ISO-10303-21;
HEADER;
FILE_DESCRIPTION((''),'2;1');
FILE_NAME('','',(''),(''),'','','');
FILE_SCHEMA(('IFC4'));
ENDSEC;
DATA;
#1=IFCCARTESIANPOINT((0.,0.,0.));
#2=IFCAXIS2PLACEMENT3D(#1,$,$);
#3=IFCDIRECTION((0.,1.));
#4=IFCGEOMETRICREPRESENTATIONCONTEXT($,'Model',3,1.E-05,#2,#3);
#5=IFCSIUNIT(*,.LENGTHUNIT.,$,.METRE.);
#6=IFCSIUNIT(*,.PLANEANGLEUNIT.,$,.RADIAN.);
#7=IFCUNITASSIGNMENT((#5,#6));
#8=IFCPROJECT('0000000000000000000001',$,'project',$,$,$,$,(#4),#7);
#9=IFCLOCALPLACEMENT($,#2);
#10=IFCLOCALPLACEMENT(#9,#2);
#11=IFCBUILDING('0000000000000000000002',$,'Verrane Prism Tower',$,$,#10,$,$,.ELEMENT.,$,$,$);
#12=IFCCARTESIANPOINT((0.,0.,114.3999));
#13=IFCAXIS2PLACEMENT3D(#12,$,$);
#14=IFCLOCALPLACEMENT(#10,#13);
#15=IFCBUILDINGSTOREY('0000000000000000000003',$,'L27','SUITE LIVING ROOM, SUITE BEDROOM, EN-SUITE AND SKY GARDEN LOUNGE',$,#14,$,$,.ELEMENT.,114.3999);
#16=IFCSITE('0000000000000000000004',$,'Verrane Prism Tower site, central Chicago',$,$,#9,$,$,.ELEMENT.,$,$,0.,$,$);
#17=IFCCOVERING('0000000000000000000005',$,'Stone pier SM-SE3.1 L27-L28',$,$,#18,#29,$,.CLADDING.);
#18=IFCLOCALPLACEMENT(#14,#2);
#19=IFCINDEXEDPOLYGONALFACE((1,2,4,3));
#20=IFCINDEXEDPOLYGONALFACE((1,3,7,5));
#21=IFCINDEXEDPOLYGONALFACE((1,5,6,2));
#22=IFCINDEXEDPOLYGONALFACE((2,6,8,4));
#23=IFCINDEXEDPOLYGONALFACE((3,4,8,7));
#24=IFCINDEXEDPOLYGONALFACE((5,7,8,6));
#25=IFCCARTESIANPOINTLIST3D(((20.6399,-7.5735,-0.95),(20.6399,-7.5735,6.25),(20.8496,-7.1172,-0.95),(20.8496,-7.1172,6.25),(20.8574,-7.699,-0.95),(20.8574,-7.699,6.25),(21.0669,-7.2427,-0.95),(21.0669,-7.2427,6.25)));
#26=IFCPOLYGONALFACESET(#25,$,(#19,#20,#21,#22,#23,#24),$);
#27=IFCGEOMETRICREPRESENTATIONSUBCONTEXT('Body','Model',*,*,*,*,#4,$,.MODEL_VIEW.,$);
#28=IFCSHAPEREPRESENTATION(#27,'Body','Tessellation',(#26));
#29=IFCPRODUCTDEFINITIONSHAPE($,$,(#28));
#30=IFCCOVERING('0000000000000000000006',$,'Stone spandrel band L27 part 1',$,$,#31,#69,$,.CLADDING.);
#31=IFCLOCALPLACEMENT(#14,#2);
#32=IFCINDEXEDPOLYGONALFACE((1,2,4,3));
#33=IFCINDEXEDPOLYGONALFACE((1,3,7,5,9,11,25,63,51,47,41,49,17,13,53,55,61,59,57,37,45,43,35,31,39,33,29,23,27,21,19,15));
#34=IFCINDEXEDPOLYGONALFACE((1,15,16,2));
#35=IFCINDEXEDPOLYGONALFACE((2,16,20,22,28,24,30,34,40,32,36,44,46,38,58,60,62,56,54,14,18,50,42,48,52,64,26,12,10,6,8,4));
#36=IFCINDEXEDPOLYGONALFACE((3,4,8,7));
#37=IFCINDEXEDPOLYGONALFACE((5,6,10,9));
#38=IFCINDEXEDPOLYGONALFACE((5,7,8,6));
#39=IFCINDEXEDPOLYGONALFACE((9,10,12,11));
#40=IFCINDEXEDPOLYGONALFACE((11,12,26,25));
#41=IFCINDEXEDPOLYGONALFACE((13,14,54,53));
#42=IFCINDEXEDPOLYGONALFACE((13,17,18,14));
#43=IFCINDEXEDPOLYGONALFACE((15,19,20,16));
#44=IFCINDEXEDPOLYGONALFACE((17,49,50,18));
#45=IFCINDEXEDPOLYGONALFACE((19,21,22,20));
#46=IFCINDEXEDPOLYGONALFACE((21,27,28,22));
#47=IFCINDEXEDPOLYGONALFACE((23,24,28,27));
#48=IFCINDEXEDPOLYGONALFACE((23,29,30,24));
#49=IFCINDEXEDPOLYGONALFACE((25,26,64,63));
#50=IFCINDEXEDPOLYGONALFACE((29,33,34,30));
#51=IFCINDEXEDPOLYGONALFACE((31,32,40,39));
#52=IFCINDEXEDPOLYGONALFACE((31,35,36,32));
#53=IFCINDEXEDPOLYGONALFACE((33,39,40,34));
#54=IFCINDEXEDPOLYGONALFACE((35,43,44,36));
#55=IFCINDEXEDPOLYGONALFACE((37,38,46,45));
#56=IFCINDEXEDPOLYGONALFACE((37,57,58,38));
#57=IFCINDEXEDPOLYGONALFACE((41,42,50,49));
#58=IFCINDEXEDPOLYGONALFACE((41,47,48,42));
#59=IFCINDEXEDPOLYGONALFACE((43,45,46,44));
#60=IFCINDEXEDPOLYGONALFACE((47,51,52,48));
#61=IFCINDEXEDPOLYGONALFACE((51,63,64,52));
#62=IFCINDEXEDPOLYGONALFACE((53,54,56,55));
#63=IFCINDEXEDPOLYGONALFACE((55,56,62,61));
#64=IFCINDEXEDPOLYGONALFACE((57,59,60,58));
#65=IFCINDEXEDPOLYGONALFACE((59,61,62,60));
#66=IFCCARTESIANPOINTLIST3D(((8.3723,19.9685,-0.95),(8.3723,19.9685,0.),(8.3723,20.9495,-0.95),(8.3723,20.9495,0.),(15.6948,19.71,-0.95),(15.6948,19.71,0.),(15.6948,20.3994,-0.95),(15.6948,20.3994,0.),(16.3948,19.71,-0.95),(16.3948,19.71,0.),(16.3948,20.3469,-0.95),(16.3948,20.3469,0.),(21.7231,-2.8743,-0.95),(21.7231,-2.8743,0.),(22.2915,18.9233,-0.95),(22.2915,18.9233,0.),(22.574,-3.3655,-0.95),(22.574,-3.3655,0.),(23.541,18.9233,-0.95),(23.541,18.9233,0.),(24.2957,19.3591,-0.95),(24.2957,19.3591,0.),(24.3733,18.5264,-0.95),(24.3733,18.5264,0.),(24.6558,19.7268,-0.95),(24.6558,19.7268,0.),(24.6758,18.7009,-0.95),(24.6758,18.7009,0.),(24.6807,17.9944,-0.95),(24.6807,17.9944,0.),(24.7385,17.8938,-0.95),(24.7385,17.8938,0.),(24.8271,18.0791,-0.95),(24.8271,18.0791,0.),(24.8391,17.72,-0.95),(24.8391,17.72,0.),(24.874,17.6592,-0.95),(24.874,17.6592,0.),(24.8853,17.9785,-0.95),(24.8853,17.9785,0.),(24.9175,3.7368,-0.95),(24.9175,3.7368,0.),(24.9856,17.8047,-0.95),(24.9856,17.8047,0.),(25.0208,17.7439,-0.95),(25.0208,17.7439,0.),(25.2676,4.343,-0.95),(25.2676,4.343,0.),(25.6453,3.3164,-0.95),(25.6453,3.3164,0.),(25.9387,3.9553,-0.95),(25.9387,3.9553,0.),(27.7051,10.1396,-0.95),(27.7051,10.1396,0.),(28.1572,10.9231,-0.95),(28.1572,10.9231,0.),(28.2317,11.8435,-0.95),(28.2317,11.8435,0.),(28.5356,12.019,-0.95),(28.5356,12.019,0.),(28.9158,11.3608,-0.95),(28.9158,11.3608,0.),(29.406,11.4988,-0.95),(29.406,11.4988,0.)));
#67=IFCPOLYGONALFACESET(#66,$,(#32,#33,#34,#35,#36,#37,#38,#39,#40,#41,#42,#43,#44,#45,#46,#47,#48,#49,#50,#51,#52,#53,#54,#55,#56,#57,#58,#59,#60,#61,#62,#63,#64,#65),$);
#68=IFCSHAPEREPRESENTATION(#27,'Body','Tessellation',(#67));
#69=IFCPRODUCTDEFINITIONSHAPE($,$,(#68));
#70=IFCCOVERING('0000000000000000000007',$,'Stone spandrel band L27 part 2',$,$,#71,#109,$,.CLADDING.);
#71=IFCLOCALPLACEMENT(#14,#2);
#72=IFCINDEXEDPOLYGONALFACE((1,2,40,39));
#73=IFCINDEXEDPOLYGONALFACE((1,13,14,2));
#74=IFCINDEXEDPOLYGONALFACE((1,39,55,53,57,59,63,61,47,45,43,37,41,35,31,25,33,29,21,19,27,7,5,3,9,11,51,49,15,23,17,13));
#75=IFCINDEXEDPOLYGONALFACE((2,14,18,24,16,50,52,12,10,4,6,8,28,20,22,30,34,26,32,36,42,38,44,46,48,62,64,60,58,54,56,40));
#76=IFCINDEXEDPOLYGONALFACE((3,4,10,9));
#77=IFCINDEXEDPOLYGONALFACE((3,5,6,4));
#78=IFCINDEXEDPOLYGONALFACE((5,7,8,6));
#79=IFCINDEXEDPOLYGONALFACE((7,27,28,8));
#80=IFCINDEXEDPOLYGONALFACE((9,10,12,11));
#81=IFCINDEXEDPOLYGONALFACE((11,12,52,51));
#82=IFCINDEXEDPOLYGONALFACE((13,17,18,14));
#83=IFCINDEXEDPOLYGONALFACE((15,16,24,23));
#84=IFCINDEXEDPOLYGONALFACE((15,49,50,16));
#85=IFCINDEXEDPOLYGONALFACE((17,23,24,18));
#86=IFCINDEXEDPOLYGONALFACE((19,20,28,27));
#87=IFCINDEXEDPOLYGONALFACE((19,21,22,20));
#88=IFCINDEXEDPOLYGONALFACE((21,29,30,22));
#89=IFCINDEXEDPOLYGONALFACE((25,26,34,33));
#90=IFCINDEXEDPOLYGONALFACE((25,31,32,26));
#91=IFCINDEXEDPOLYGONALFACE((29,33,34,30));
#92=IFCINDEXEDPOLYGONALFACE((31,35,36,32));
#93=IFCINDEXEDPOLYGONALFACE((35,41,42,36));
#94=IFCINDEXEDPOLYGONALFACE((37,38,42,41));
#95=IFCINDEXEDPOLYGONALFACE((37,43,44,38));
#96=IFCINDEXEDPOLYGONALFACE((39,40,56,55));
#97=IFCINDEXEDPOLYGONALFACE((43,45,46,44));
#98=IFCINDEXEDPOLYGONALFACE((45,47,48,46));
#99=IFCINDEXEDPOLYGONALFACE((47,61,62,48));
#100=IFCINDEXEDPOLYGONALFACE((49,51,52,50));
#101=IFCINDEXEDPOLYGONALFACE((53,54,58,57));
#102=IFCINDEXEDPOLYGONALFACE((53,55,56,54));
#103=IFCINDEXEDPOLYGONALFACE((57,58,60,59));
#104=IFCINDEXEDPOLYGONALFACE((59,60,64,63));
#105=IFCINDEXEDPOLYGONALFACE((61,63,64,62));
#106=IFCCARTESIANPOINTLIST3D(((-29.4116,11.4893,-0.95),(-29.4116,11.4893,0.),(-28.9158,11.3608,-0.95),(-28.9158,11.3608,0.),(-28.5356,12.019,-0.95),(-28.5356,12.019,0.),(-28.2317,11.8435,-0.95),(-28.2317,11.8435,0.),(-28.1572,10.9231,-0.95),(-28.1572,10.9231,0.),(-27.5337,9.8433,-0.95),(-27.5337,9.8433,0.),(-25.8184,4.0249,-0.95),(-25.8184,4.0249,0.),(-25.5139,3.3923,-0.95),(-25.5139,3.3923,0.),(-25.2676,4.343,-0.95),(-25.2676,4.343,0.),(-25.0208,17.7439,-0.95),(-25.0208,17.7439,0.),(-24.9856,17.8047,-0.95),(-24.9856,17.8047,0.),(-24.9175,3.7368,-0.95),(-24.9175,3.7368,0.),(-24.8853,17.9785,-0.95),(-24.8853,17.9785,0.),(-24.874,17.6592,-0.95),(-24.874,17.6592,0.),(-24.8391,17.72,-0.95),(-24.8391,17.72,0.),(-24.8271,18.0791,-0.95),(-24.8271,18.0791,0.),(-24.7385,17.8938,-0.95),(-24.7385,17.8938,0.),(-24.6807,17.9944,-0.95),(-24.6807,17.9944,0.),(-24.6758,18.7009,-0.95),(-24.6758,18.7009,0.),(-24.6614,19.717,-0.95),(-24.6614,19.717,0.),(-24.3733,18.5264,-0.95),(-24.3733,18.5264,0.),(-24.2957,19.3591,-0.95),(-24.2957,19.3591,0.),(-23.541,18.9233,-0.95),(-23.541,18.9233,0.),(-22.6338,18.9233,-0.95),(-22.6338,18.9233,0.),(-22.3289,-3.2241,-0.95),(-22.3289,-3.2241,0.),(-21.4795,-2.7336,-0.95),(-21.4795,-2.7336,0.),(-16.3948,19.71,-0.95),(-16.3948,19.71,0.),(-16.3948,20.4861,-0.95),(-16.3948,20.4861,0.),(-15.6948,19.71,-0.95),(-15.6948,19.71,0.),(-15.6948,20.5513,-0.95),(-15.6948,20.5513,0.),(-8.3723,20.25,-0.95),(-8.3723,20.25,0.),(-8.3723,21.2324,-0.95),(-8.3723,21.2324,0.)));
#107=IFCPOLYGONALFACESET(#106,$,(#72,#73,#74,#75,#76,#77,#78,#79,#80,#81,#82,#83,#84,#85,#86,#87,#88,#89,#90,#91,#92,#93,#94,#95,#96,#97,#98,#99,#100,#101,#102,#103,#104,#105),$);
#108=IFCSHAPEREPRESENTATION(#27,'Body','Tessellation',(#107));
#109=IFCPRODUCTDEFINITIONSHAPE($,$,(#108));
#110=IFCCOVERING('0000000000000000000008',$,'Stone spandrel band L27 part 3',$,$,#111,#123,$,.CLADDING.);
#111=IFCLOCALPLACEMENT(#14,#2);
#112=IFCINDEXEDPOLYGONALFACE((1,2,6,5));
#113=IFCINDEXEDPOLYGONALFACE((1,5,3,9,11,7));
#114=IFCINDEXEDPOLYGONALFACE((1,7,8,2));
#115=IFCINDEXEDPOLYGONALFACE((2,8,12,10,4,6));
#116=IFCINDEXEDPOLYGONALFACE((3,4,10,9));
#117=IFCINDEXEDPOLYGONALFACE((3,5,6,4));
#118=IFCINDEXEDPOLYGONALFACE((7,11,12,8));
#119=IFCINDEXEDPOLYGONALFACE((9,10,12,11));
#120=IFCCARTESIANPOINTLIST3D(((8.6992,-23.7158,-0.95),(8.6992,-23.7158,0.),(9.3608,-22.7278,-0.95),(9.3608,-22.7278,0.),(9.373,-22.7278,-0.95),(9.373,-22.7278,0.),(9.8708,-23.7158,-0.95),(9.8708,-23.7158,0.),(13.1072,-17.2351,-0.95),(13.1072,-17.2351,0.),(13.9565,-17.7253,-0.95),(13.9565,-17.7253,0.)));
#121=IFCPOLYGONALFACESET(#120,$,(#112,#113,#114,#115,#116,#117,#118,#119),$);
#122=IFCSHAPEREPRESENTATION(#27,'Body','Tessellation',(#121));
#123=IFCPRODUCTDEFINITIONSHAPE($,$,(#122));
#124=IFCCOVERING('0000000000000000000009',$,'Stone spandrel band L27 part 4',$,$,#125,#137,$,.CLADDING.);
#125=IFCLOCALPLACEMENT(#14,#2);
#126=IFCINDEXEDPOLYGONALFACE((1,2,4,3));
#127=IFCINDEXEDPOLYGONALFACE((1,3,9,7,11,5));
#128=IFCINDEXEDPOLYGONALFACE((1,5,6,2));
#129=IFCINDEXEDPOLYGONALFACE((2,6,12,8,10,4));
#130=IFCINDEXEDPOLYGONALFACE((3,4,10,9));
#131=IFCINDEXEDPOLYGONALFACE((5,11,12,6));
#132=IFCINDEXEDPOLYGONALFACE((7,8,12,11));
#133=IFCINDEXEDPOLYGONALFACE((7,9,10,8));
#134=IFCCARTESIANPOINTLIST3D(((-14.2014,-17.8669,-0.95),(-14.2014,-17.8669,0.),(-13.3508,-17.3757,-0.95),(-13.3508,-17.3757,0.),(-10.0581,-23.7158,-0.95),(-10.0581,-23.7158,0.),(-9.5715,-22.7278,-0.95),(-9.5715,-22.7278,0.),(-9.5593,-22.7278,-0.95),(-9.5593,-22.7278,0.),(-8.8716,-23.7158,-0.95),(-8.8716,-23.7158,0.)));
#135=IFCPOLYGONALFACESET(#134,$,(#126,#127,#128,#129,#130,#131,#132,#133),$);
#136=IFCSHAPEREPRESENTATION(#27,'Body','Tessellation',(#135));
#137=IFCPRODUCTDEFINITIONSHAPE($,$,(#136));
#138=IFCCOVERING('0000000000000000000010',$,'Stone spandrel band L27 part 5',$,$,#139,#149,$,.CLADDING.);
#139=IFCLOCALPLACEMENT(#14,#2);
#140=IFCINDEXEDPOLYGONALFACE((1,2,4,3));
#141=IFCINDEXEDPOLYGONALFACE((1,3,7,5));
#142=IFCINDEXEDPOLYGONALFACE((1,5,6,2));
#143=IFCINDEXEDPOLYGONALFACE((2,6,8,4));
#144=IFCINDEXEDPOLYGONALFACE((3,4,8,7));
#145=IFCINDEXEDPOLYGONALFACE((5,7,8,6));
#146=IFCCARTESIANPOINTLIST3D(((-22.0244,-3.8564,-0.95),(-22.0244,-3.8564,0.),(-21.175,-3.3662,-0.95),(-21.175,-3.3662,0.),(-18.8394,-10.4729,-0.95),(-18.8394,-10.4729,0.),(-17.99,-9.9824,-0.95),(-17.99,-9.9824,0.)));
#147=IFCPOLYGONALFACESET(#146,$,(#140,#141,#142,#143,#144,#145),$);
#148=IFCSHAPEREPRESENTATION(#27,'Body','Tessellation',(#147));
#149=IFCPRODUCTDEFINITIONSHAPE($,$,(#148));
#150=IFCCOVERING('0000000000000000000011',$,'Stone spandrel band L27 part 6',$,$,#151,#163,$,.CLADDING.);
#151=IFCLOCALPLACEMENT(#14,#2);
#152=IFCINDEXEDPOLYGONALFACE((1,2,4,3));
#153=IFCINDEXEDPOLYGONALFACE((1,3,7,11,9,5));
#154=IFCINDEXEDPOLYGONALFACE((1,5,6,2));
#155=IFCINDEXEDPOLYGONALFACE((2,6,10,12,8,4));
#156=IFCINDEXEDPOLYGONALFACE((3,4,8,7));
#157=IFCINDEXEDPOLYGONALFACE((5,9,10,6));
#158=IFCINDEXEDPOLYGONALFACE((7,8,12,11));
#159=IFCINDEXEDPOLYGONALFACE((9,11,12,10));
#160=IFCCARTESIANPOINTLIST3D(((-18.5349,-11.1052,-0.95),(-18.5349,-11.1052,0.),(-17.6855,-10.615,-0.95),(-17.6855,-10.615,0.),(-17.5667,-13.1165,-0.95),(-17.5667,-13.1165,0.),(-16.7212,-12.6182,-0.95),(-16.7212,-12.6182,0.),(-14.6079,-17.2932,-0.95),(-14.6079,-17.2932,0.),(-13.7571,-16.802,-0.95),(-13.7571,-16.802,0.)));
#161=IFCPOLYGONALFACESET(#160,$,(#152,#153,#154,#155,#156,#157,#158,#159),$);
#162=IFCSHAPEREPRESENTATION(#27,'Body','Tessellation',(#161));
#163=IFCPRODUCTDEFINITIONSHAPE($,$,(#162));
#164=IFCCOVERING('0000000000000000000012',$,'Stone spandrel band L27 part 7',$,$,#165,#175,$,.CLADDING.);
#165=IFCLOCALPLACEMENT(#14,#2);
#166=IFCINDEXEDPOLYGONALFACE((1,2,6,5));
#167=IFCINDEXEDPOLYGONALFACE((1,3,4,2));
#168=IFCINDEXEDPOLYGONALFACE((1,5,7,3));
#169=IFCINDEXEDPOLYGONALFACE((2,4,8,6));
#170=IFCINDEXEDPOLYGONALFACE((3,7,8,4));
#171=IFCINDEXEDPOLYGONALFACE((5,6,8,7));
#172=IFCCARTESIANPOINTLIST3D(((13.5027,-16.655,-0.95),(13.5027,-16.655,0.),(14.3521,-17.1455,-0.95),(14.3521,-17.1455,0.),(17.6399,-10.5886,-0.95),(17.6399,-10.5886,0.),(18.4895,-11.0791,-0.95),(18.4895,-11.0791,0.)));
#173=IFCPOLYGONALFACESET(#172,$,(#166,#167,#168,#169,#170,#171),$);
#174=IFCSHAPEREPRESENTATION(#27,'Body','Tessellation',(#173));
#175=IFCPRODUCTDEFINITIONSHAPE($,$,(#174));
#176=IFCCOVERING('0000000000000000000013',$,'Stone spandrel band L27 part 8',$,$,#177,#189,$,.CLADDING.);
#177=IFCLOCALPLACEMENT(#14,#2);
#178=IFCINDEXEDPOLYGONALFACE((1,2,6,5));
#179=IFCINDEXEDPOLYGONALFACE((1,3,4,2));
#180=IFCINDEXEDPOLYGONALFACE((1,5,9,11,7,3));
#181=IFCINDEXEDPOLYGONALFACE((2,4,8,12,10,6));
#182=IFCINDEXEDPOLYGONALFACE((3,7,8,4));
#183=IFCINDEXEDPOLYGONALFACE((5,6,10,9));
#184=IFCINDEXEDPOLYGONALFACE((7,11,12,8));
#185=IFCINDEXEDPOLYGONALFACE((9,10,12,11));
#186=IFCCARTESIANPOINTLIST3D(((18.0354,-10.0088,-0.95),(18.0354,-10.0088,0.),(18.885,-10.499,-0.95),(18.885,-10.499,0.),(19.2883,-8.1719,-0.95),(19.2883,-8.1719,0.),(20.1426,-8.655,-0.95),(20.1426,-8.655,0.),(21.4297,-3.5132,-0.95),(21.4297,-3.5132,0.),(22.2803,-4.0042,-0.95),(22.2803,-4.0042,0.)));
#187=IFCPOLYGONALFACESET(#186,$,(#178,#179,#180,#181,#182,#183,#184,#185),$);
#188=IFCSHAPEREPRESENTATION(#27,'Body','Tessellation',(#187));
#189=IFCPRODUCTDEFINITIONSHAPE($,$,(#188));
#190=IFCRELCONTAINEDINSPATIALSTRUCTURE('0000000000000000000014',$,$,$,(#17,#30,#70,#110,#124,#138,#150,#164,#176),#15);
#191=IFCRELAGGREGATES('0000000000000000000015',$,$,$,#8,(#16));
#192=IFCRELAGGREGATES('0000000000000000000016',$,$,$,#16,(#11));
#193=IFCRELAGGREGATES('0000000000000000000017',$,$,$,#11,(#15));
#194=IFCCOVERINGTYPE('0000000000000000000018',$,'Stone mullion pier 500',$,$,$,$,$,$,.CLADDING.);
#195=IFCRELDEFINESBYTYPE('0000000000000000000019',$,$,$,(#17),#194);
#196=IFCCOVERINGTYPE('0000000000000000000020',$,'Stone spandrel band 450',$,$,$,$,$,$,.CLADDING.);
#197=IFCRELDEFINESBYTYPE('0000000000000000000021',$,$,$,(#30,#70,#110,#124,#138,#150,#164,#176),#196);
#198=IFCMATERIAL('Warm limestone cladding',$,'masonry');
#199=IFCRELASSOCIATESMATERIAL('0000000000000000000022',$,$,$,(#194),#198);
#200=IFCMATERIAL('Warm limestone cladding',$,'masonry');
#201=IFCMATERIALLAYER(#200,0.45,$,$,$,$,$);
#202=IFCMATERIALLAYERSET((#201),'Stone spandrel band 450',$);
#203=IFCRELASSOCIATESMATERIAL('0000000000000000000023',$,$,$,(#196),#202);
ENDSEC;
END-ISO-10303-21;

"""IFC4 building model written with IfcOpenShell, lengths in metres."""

from ifc_helpers import new_model, si_unit, direction, frame, origin, place, context, subcontext, project, spatial, polyline, outline, extrude, material, layer, layer_set, type_object, element, save


model = new_model("IFC4")

# Units and contexts
model_context = context("Model", 3, precision=1e-05, world=origin(), true_north=direction((0.0, 1.0)))
body_context = subcontext(model_context, "Body", "Model", "MODEL_VIEW")
ifc_project = project(units=[si_unit("LENGTHUNIT", "METRE"), si_unit("PLANEANGLEUNIT", "RADIAN")], contexts=[model_context])

# Site, building, storey
site_placement = place(None, origin())
site = spatial("IfcSite", under=ifc_project, at=site_placement, Name="Verrane Prism Tower site, central Chicago", CompositionType="ELEMENT", RefElevation=0.0)
building_placement = place(site_placement, origin())
building = spatial("IfcBuilding", under=site, at=building_placement, Name="Verrane Prism Tower", CompositionType="ELEMENT")
storey_placement = place(building_placement, frame((0.0, 0.0, 114.3999)))
storey = spatial("IfcBuildingStorey", under=building, at=storey_placement, Name="L27", Description="SUITE LIVING ROOM, SUITE BEDROOM, EN-SUITE AND SKY GARDEN LOUNGE", CompositionType="ELEMENT", Elevation=114.3999)

# Coverings
ifc_material_1 = material(Name="Warm limestone cladding", Category="masonry")
covering_type_1 = type_object("IfcCoveringType", Name="Stone mullion pier 500", PredefinedType="CLADDING", material=ifc_material_1)
covering_1_placement = place(storey_placement, frame((0.0, 0.0, -0.95)))
element("IfcCovering", 1, at=covering_1_placement, inside=storey, type_object=covering_type_1, Name="Stone pier SM-SE3.1 L27-L28", PredefinedType="CLADDING", context=body_context, shape_type="SweptSolid", body=[
    extrude(outline(polyline([(20.8496, -7.1172), (20.6399, -7.5735), (20.8574, -7.699), (21.0669, -7.2427), (20.8496, -7.1172)])), origin(), (0.0, 0.0, 1.0), 7.2),
])
ifc_material_2 = material(Name="Warm limestone cladding", Category="masonry")
ifc_layer_1 = layer(ifc_material_2, 0.45)
ifc_layer_set_1 = layer_set([ifc_layer_1], Name="Stone spandrel band 450")
covering_type_2 = type_object("IfcCoveringType", Name="Stone spandrel band 450", PredefinedType="CLADDING", material=ifc_layer_set_1)
covering_2_placement = place(storey_placement, frame((0.0, 0.0, -0.95)))
element("IfcCovering", 2, at=covering_2_placement, inside=storey, type_object=covering_type_2, Name="Stone spandrel band L27 part 1", PredefinedType="CLADDING", context=body_context, shape_type="SweptSolid", body=[
    extrude(outline(polyline([(8.3723, 19.9685), (22.2915, 18.9233), (23.541, 18.9233), (24.2957, 19.3591), (24.6758, 18.7009), (24.3733, 18.5264), (24.6807, 17.9944), (24.8271, 18.0791), (24.8853, 17.9785), (24.7385, 17.8938), (24.8391, 17.72), (24.9856, 17.8047), (25.0208, 17.7439), (24.874, 17.6592), (28.2317, 11.8435), (28.5356, 12.019), (28.9158, 11.3608), (28.1572, 10.9231), (27.7051, 10.1396), (21.7231, -2.8743), (22.574, -3.3655), (25.6453, 3.3164), (24.9175, 3.7368), (25.2676, 4.343), (25.9387, 3.9553), (29.406, 11.4988), (24.6558, 19.7268), (16.3948, 20.3469), (16.3948, 19.71), (15.6948, 19.71), (15.6948, 20.3994), (8.3723, 20.9495), (8.3723, 19.9685)])), origin(), (0.0, 0.0, 1.0), 0.95),
])
covering_3_placement = place(storey_placement, frame((0.0, 0.0, -0.95)))
element("IfcCovering", 3, at=covering_3_placement, inside=storey, type_object=covering_type_2, Name="Stone spandrel band L27 part 2", PredefinedType="CLADDING", context=body_context, shape_type="SweptSolid", body=[
    extrude(outline(polyline([(-29.4116, 11.4893), (-25.8184, 4.0249), (-25.2676, 4.343), (-24.9175, 3.7368), (-25.5139, 3.3923), (-22.3289, -3.2241), (-21.4795, -2.7336), (-27.5337, 9.8433), (-28.1572, 10.9231), (-28.9158, 11.3608), (-28.5356, 12.019), (-28.2317, 11.8435), (-24.874, 17.6592), (-25.0208, 17.7439), (-24.9856, 17.8047), (-24.8391, 17.72), (-24.7385, 17.8938), (-24.8853, 17.9785), (-24.8271, 18.0791), (-24.6807, 17.9944), (-24.3733, 18.5264), (-24.6758, 18.7009), (-24.2957, 19.3591), (-23.541, 18.9233), (-22.6338, 18.9233), (-8.3723, 20.25), (-8.3723, 21.2324), (-15.6948, 20.5513), (-15.6948, 19.71), (-16.3948, 19.71), (-16.3948, 20.4861), (-24.6614, 19.717), (-29.4116, 11.4893)])), origin(), (0.0, 0.0, 1.0), 0.95),
])
covering_4_placement = place(storey_placement, frame((0.0, 0.0, -0.95)))
element("IfcCovering", 4, at=covering_4_placement, inside=storey, type_object=covering_type_2, Name="Stone spandrel band L27 part 3", PredefinedType="CLADDING", context=body_context, shape_type="SweptSolid", body=[
    extrude(outline(polyline([(13.9565, -17.7253), (13.1072, -17.2351), (9.3608, -22.7278), (9.373, -22.7278), (8.6992, -23.7158), (9.8708, -23.7158), (13.9565, -17.7253)])), origin(), (0.0, 0.0, 1.0), 0.95),
])
covering_5_placement = place(storey_placement, frame((0.0, 0.0, -0.95)))
element("IfcCovering", 5, at=covering_5_placement, inside=storey, type_object=covering_type_2, Name="Stone spandrel band L27 part 4", PredefinedType="CLADDING", context=body_context, shape_type="SweptSolid", body=[
    extrude(outline(polyline([(-13.3508, -17.3757), (-14.2014, -17.8669), (-10.0581, -23.7158), (-8.8716, -23.7158), (-9.5715, -22.7278), (-9.5593, -22.7278), (-13.3508, -17.3757)])), origin(), (0.0, 0.0, 1.0), 0.95),
])
covering_6_placement = place(storey_placement, frame((0.0, 0.0, -0.95)))
element("IfcCovering", 6, at=covering_6_placement, inside=storey, type_object=covering_type_2, Name="Stone spandrel band L27 part 5", PredefinedType="CLADDING", context=body_context, shape_type="SweptSolid", body=[
    extrude(outline(polyline([(-21.175, -3.3662), (-22.0244, -3.8564), (-18.8394, -10.4729), (-17.99, -9.9824), (-21.175, -3.3662)])), origin(), (0.0, 0.0, 1.0), 0.95),
])
covering_7_placement = place(storey_placement, frame((0.0, 0.0, -0.95)))
element("IfcCovering", 7, at=covering_7_placement, inside=storey, type_object=covering_type_2, Name="Stone spandrel band L27 part 6", PredefinedType="CLADDING", context=body_context, shape_type="SweptSolid", body=[
    extrude(outline(polyline([(-17.6855, -10.615), (-18.5349, -11.1052), (-17.5667, -13.1165), (-14.6079, -17.2932), (-13.7571, -16.802), (-16.7212, -12.6182), (-17.6855, -10.615)])), origin(), (0.0, 0.0, 1.0), 0.95),
])
covering_8_placement = place(storey_placement, frame((0.0, 0.0, -0.95)))
element("IfcCovering", 8, at=covering_8_placement, inside=storey, type_object=covering_type_2, Name="Stone spandrel band L27 part 7", PredefinedType="CLADDING", context=body_context, shape_type="SweptSolid", body=[
    extrude(outline(polyline([(17.6399, -10.5886), (13.5027, -16.655), (14.3521, -17.1455), (18.4895, -11.0791), (17.6399, -10.5886)])), origin(), (0.0, 0.0, 1.0), 0.95),
])
covering_9_placement = place(storey_placement, frame((0.0, 0.0, -0.95)))
element("IfcCovering", 9, at=covering_9_placement, inside=storey, type_object=covering_type_2, Name="Stone spandrel band L27 part 8", PredefinedType="CLADDING", context=body_context, shape_type="SweptSolid", body=[
    extrude(outline(polyline([(21.4297, -3.5132), (19.2883, -8.1719), (18.0354, -10.0088), (18.885, -10.499), (20.1426, -8.655), (22.2803, -4.0042), (21.4297, -3.5132)])), origin(), (0.0, 0.0, 1.0), 0.95),
])

save(model, "model.ifc")
